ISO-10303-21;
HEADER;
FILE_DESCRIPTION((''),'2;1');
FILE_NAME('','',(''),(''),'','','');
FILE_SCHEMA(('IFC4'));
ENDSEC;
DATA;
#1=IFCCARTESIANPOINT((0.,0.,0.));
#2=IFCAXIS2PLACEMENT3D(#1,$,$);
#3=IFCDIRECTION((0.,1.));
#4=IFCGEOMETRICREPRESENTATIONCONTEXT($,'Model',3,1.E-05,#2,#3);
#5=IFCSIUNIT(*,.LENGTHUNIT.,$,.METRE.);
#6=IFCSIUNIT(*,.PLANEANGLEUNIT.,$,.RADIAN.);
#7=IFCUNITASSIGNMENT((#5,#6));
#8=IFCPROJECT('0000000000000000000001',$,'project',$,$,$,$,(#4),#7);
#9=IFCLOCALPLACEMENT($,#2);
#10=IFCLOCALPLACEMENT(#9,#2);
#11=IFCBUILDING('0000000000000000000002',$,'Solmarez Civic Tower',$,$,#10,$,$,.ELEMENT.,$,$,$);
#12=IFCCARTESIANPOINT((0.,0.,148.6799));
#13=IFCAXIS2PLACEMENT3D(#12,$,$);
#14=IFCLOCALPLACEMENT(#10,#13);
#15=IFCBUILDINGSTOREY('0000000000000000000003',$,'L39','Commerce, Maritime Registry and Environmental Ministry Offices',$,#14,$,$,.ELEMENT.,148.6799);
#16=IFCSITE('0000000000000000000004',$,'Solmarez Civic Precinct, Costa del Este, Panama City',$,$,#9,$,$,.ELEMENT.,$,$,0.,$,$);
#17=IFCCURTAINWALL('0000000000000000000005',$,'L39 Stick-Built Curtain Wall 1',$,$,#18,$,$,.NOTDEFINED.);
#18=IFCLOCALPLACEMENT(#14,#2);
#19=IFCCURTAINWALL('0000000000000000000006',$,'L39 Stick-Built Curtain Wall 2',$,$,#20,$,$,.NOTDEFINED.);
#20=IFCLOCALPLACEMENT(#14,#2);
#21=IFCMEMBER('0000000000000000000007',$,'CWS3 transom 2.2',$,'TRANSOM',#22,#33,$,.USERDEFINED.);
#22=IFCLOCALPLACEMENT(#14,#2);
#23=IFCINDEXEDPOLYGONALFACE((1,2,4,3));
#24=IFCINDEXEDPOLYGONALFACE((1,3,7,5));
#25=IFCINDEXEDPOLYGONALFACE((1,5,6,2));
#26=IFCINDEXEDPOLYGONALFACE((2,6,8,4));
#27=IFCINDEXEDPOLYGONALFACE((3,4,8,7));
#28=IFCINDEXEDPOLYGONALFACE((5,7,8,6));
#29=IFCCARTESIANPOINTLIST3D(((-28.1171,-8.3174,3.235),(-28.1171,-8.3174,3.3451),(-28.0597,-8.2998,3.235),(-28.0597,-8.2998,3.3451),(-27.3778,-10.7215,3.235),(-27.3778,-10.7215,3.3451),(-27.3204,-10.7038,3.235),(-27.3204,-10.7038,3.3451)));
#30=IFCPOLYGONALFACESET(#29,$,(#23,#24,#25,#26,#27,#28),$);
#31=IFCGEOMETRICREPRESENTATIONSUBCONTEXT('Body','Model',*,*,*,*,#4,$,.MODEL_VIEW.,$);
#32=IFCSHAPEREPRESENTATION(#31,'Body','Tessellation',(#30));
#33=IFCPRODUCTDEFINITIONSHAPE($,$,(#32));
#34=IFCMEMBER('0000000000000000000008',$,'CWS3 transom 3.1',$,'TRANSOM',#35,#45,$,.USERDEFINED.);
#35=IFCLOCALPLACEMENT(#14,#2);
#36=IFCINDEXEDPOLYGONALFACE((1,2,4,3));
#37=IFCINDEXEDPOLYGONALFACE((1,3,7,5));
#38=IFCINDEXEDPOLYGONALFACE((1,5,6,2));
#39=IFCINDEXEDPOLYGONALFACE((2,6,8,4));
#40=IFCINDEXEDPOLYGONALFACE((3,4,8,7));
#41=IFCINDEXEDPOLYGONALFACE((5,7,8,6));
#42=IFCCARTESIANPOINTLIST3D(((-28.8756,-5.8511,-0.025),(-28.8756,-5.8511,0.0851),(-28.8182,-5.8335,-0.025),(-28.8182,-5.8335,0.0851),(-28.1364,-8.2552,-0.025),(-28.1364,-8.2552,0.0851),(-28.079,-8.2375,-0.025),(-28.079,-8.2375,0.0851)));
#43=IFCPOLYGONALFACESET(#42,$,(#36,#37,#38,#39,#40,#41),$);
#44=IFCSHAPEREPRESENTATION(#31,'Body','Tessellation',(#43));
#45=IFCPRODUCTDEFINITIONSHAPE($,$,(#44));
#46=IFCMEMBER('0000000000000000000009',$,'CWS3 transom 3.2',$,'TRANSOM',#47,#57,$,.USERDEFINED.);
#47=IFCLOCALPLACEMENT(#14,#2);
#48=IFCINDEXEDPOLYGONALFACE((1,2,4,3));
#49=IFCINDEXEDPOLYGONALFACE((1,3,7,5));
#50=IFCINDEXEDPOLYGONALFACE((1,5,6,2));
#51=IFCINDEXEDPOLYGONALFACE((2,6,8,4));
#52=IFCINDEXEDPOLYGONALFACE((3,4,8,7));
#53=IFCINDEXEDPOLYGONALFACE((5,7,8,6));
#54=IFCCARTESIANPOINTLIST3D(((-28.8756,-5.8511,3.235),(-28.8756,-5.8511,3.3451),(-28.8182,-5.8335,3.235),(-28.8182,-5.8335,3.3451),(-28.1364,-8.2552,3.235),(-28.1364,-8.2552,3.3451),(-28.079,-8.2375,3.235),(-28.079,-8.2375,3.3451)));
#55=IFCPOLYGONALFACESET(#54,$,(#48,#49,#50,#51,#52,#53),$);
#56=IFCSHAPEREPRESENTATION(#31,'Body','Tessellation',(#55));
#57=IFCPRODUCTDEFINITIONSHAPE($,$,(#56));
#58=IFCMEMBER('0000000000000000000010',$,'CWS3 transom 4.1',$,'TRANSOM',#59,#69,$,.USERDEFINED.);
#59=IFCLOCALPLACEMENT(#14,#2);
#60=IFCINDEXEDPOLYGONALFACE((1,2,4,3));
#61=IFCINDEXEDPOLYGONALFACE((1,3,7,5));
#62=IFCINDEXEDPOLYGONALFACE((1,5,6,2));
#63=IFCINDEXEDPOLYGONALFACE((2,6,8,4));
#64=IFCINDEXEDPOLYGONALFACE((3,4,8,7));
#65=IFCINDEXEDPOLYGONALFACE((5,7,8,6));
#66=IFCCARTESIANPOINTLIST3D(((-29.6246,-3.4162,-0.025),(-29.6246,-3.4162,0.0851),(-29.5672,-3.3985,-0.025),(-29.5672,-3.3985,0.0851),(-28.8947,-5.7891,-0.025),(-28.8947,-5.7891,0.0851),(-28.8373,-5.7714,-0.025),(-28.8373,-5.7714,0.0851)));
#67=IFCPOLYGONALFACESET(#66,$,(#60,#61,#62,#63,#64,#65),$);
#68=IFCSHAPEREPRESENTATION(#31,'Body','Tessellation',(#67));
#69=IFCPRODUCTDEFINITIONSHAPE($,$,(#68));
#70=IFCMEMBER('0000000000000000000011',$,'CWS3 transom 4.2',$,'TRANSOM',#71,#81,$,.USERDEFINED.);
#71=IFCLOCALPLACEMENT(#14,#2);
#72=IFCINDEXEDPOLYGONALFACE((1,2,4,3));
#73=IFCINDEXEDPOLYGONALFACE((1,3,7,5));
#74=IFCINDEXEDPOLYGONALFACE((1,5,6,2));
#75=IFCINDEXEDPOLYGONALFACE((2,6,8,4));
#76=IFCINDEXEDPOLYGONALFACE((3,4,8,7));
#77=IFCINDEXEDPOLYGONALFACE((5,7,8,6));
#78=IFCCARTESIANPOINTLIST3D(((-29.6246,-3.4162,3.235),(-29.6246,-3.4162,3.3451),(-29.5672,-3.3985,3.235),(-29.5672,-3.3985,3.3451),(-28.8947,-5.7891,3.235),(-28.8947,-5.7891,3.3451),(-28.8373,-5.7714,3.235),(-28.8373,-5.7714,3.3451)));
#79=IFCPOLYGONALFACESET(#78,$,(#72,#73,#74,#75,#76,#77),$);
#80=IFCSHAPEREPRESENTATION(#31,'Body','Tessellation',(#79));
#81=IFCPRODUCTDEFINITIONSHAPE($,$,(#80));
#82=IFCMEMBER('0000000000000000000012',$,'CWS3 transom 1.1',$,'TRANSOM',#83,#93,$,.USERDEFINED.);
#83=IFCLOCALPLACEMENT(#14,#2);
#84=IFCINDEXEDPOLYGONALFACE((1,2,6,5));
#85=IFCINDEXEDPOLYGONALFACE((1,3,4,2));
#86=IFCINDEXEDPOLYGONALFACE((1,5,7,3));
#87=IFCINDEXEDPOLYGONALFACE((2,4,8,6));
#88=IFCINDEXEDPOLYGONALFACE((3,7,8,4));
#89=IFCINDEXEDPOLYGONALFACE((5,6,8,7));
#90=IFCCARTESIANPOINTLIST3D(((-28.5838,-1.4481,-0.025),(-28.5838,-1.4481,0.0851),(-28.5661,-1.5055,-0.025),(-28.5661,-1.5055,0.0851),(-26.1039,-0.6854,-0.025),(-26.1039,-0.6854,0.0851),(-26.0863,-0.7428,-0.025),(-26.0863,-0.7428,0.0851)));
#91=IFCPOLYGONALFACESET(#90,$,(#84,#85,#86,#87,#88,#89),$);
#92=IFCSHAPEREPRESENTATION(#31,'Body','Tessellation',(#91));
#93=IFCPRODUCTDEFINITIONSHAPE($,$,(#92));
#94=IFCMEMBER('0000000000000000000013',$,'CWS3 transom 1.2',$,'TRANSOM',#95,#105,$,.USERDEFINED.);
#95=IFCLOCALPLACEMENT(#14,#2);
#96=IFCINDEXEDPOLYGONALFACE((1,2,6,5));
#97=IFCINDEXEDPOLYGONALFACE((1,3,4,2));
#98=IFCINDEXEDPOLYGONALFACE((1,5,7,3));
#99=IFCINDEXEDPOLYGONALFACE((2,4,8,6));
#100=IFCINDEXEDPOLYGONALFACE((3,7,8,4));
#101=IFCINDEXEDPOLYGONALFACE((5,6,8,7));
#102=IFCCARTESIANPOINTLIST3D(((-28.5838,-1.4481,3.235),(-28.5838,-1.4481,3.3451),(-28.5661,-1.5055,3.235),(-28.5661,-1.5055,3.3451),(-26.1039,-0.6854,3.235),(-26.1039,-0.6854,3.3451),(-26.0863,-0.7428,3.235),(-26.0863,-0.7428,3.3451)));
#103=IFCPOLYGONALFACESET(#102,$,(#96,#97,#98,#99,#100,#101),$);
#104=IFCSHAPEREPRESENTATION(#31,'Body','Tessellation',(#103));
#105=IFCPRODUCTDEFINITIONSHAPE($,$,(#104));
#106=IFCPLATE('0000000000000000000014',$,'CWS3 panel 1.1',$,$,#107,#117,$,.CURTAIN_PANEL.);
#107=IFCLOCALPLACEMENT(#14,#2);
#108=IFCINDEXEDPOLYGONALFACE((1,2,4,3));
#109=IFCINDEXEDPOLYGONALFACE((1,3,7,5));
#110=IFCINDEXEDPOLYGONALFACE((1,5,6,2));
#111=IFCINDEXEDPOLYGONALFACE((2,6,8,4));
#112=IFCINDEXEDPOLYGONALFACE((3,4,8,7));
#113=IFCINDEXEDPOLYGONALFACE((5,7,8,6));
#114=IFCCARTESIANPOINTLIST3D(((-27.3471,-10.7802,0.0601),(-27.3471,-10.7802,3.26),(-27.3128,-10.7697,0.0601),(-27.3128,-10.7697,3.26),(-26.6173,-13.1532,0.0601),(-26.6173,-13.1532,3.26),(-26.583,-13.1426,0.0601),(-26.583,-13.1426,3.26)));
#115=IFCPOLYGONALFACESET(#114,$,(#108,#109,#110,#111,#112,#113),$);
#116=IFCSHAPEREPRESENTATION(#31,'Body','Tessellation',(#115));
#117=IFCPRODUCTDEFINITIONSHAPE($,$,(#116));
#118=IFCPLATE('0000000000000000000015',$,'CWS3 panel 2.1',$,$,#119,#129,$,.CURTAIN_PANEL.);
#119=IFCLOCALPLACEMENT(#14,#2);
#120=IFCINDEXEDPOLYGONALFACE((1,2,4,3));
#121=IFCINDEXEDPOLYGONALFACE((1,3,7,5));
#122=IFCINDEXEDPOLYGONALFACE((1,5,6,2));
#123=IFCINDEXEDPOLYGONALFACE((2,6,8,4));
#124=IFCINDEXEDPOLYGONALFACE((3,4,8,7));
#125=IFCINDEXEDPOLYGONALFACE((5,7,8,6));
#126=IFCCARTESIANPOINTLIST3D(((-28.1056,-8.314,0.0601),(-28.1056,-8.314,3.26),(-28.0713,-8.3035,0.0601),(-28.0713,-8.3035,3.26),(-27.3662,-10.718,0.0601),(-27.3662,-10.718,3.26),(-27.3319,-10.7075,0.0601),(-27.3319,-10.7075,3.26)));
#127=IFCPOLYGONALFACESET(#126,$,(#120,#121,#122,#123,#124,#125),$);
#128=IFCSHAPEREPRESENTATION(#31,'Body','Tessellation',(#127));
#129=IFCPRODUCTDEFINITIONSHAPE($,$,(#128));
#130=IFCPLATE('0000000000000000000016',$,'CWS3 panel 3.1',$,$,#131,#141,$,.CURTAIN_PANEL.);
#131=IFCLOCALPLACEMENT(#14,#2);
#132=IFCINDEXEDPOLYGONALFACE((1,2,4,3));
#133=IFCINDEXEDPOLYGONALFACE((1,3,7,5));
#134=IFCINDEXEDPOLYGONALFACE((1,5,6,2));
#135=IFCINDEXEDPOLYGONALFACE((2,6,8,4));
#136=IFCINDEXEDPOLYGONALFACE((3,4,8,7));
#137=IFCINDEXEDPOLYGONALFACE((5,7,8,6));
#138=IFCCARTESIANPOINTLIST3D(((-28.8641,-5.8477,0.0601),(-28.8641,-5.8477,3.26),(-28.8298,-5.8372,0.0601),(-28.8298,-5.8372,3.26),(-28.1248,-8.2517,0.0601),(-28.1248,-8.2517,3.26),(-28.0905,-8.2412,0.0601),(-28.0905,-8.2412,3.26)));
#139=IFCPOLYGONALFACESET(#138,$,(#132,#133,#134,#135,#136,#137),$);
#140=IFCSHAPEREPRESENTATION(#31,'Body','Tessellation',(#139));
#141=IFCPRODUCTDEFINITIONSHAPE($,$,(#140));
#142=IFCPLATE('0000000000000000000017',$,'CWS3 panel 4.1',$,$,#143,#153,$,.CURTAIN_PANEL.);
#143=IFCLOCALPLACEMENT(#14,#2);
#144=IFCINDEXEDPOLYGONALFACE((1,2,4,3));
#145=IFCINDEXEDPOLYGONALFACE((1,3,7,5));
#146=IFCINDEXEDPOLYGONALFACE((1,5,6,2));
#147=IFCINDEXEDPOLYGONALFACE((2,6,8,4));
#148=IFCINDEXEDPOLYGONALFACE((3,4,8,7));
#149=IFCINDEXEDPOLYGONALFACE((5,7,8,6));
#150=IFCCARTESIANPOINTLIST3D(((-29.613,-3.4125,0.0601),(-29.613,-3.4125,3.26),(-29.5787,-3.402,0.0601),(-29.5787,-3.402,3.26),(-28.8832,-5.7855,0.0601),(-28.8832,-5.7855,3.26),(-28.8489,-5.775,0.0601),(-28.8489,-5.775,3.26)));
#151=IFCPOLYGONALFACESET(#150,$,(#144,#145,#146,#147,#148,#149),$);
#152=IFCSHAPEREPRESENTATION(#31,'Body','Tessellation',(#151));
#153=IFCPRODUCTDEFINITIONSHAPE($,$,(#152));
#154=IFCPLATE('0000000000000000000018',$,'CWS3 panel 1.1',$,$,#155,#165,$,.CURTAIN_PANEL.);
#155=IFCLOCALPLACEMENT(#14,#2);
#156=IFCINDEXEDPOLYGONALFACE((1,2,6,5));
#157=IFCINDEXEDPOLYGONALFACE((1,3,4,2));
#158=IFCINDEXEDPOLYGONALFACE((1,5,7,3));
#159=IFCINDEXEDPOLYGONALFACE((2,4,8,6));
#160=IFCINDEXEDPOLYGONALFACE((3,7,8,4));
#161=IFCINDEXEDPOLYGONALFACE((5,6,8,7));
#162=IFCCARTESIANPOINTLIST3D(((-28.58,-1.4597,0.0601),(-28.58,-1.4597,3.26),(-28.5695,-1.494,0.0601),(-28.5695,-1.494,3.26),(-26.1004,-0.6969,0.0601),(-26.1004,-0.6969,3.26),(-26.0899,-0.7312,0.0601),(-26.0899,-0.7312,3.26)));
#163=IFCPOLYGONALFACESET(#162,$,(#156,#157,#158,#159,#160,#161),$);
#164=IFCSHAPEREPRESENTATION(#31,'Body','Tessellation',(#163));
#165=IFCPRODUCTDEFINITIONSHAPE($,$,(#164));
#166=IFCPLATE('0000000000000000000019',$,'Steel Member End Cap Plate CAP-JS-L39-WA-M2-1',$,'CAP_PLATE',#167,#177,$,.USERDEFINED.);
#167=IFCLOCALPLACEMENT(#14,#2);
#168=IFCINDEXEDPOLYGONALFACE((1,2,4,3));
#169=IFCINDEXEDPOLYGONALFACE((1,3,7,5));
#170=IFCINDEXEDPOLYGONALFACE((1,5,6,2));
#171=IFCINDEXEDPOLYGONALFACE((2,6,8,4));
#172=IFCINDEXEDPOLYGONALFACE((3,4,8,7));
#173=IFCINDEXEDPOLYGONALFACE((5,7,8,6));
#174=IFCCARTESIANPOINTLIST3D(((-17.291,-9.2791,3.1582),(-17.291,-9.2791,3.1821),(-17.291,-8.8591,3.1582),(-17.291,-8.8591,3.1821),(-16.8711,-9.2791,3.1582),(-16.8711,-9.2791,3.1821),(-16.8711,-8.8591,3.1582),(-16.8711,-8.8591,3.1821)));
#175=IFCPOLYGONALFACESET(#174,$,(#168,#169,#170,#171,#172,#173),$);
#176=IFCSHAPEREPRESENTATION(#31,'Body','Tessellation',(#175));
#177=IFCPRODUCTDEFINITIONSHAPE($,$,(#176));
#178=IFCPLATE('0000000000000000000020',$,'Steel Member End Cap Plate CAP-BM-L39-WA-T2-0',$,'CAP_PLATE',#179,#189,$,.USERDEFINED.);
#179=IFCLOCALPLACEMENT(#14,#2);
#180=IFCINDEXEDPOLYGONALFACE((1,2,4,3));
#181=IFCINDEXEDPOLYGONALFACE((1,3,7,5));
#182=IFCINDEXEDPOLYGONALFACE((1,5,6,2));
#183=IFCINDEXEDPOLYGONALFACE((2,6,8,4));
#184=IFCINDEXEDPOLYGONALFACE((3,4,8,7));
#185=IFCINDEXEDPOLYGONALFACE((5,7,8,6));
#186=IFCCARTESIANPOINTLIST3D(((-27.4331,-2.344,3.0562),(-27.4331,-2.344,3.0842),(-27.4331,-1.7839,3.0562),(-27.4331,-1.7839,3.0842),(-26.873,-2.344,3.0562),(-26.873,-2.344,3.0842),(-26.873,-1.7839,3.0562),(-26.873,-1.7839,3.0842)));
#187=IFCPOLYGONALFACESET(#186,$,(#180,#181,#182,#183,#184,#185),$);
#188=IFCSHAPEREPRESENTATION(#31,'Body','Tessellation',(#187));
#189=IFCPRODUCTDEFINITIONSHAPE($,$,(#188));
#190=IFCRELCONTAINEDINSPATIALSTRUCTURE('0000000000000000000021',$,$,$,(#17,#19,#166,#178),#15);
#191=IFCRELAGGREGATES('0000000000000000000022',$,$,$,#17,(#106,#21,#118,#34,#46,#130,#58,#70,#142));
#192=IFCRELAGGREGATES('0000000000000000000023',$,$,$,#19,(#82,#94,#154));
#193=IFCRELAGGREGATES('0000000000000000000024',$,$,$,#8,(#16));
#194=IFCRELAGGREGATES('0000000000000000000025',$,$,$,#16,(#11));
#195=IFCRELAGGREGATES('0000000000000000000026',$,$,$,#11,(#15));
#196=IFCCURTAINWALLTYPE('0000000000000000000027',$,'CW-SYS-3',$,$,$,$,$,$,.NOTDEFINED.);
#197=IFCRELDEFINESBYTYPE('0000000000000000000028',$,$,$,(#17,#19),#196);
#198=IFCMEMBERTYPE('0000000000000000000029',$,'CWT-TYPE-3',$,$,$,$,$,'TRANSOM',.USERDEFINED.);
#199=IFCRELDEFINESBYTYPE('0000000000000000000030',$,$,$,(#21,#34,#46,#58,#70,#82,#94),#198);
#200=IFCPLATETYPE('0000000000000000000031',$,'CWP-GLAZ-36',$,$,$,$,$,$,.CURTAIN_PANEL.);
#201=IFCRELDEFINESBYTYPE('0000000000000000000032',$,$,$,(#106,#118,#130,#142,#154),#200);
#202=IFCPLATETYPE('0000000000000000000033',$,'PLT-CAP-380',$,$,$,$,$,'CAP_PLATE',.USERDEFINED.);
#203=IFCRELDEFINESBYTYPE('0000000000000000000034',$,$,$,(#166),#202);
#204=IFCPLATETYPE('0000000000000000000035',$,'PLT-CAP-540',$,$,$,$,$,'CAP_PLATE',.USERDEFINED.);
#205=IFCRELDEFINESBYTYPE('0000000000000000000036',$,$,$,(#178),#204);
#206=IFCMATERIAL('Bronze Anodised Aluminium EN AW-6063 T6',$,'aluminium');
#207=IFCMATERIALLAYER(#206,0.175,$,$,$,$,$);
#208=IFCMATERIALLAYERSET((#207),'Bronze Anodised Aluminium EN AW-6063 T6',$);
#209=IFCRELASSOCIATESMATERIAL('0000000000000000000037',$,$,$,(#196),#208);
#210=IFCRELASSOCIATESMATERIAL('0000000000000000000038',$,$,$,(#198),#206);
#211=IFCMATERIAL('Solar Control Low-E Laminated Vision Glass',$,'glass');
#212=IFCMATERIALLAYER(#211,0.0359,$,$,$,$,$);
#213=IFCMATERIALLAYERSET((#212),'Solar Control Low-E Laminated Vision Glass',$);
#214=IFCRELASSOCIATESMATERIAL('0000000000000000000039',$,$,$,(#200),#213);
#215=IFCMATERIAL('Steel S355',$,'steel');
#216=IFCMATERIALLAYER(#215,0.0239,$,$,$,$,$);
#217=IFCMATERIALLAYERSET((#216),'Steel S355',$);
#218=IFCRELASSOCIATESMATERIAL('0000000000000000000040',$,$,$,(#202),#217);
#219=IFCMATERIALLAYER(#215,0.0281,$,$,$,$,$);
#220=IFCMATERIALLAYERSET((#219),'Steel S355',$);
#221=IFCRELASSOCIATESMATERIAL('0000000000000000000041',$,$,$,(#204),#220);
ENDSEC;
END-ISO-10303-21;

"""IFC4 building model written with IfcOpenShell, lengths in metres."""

from ifc_helpers import new_model, si_unit, direction, frame, origin, origin_2d, place, context, subcontext, project, spatial, rectangle, extrude, material, layer, layer_set, material_profile, profile_set, type_object, element, aggregate, save


model = new_model("IFC4")

# Units and contexts
model_context = context("Model", 3, precision=1e-05, world=origin(), true_north=direction((0.0, 1.0)))
body_context = subcontext(model_context, "Body", "Model", "MODEL_VIEW")
ifc_project = project(units=[si_unit("LENGTHUNIT", "METRE"), si_unit("PLANEANGLEUNIT", "RADIAN")], contexts=[model_context])

# Site, building, storey
site_placement = place(None, origin())
site = spatial("IfcSite", under=ifc_project, at=site_placement, Name="Solmarez Civic Precinct, Costa del Este, Panama City", CompositionType="ELEMENT", RefElevation=0.0)
building_placement = place(site_placement, origin())
building = spatial("IfcBuilding", under=site, at=building_placement, Name="Solmarez Civic Tower", CompositionType="ELEMENT")
storey_placement = place(building_placement, frame((0.0, 0.0, 148.6799)))
storey = spatial("IfcBuildingStorey", under=building, at=storey_placement, Name="L39", Description="Commerce, Maritime Registry and Environmental Ministry Offices", CompositionType="ELEMENT", Elevation=148.6799)

# Shared definitions
ifc_material_1 = material(Name="Steel S355", Category="steel")

# Curtain wall
ifc_material_2 = material(Name="Bronze Anodised Aluminium EN AW-6063 T6", Category="aluminium")
ifc_layer_1 = layer(ifc_material_2, 0.175)
ifc_layer_set_1 = layer_set([ifc_layer_1], Name="Bronze Anodised Aluminium EN AW-6063 T6")
curtain_wall_type = type_object("IfcCurtainWallType", Name="CW-SYS-3", PredefinedType="NOTDEFINED", material=ifc_layer_set_1)
curtain_wall_1_placement = place(storey_placement, origin())
curtain_wall_1 = element("IfcCurtainWall", 1, at=curtain_wall_1_placement, inside=storey, type_object=curtain_wall_type, Name="L39 Stick-Built Curtain Wall 1", PredefinedType="NOTDEFINED")

# Curtain wall
curtain_wall_2_placement = place(storey_placement, origin())
curtain_wall_2 = element("IfcCurtainWall", 2, at=curtain_wall_2_placement, inside=storey, type_object=curtain_wall_type, Name="L39 Stick-Built Curtain Wall 2", PredefinedType="NOTDEFINED")

# Members
ifc_material_profile_1 = material_profile(ifc_material_2, rectangle(XDim=0.0601, YDim=0.1101, at=origin_2d()), Name="CWT-60X110")
ifc_profile_set_1 = profile_set([ifc_material_profile_1], Name="Bronze Anodised Aluminium EN AW-6063 T6")
member_type_1 = type_object("IfcMemberType", Name="CWT-TYPE-3", ElementType="TRANSOM", PredefinedType="USERDEFINED", material=ifc_profile_set_1)
member_1_placement = place(storey_placement, frame((-27.3491, -10.7126, 3.29), z_axis=(-0.293922, 0.955829, 0.0), x_axis=(-0.955829, -0.293922, 0.0)))
member_1 = element("IfcMember", 3, at=member_1_placement, type_object=member_type_1, Name="CWS3 transom 2.2", ObjectType="TRANSOM", PredefinedType="USERDEFINED", context=body_context, shape_type="SweptSolid", body=[
    extrude(rectangle(XDim=0.0601, YDim=0.1101, at=origin_2d()), origin(), (0.0, 0.0, 1.0), 2.5151),
])
member_2_placement = place(storey_placement, frame((-28.1077, -8.2463, 0.03), z_axis=(-0.293922, 0.955829, 0.0), x_axis=(-0.955829, -0.293922, 0.0)))
member_2 = element("IfcMember", 4, at=member_2_placement, type_object=member_type_1, Name="CWS3 transom 3.1", ObjectType="TRANSOM", PredefinedType="USERDEFINED", context=body_context, shape_type="SweptSolid", body=[
    extrude(rectangle(XDim=0.0601, YDim=0.1101, at=origin_2d()), origin(), (0.0, 0.0, 1.0), 2.5151),
])
member_3_placement = place(storey_placement, frame((-28.1077, -8.2463, 3.29), z_axis=(-0.293922, 0.955829, 0.0), x_axis=(-0.955829, -0.293922, 0.0)))
member_3 = element("IfcMember", 5, at=member_3_placement, type_object=member_type_1, Name="CWS3 transom 3.2", ObjectType="TRANSOM", PredefinedType="USERDEFINED", context=body_context, shape_type="SweptSolid", body=[
    extrude(rectangle(XDim=0.0601, YDim=0.1101, at=origin_2d()), origin(), (0.0, 0.0, 1.0), 2.5151),
])
member_4_placement = place(storey_placement, frame((-28.866, -5.7803, 0.03), z_axis=(-0.294017, 0.9558, 0.0), x_axis=(-0.9558, -0.294017, 0.0)))
member_4 = element("IfcMember", 6, at=member_4_placement, type_object=member_type_1, Name="CWS3 transom 4.1", ObjectType="TRANSOM", PredefinedType="USERDEFINED", context=body_context, shape_type="SweptSolid", body=[
    extrude(rectangle(XDim=0.0601, YDim=0.1101, at=origin_2d()), origin(), (0.0, 0.0, 1.0), 2.4827),
])
member_5_placement = place(storey_placement, frame((-28.866, -5.7803, 3.29), z_axis=(-0.294017, 0.9558, 0.0), x_axis=(-0.9558, -0.294017, 0.0)))
member_5 = element("IfcMember", 7, at=member_5_placement, type_object=member_type_1, Name="CWS3 transom 4.2", ObjectType="TRANSOM", PredefinedType="USERDEFINED", context=body_context, shape_type="SweptSolid", body=[
    extrude(rectangle(XDim=0.0601, YDim=0.1101, at=origin_2d()), origin(), (0.0, 0.0, 1.0), 2.4827),
])
member_6_placement = place(storey_placement, frame((-28.575, -1.4768, 0.03), z_axis=(0.955812, 0.29398, 0.0), x_axis=(-0.29398, 0.955812, 0.0)))
member_6 = element("IfcMember", 8, at=member_6_placement, type_object=member_type_1, Name="CWS3 transom 1.1", ObjectType="TRANSOM", PredefinedType="USERDEFINED", context=body_context, shape_type="SweptSolid", body=[
    extrude(rectangle(XDim=0.0601, YDim=0.1101, at=origin_2d()), origin(), (0.0, 0.0, 1.0), 2.5945),
])
member_7_placement = place(storey_placement, frame((-28.575, -1.4768, 3.29), z_axis=(0.955812, 0.29398, 0.0), x_axis=(-0.29398, 0.955812, 0.0)))
member_7 = element("IfcMember", 9, at=member_7_placement, type_object=member_type_1, Name="CWS3 transom 1.2", ObjectType="TRANSOM", PredefinedType="USERDEFINED", context=body_context, shape_type="SweptSolid", body=[
    extrude(rectangle(XDim=0.0601, YDim=0.1101, at=origin_2d()), origin(), (0.0, 0.0, 1.0), 2.5945),
])

# Plates
ifc_material_3 = material(Name="Solar Control Low-E Laminated Vision Glass", Category="glass")
ifc_layer_2 = layer(ifc_material_3, 0.0359)
ifc_layer_set_2 = layer_set([ifc_layer_2], Name="Solar Control Low-E Laminated Vision Glass")
plate_type_1 = type_object("IfcPlateType", Name="CWP-GLAZ-36", PredefinedType="CURTAIN_PANEL", material=ifc_layer_set_2)
plate_1_placement = place(storey_placement, frame((-26.9651, -11.9614, 0.0601), z_axis=(0.0, 0.0, 1.0), x_axis=(-0.293963, 0.955817, 0.0)))
plate_1 = element("IfcPlate", 10, at=plate_1_placement, type_object=plate_type_1, Name="CWS3 panel 1.1", PredefinedType="CURTAIN_PANEL", context=body_context, shape_type="SweptSolid", body=[
    extrude(rectangle(XDim=2.4827, YDim=0.0359, at=origin_2d()), origin(), (0.0, 0.0, 1.0), 3.2),
])
plate_2_placement = place(storey_placement, frame((-27.7188, -9.5107, 0.0601), z_axis=(0.0, 0.0, 1.0), x_axis=(-0.293963, 0.955817, 0.0)))
plate_2 = element("IfcPlate", 11, at=plate_2_placement, type_object=plate_type_1, Name="CWS3 panel 2.1", PredefinedType="CURTAIN_PANEL", context=body_context, shape_type="SweptSolid", body=[
    extrude(rectangle(XDim=2.5151, YDim=0.0359, at=origin_2d()), origin(), (0.0, 0.0, 1.0), 3.2),
])
plate_3_placement = place(storey_placement, frame((-28.4773, -7.0444, 0.0601), z_axis=(0.0, 0.0, 1.0), x_axis=(-0.293963, 0.955817, 0.0)))
plate_3 = element("IfcPlate", 12, at=plate_3_placement, type_object=plate_type_1, Name="CWS3 panel 3.1", PredefinedType="CURTAIN_PANEL", context=body_context, shape_type="SweptSolid", body=[
    extrude(rectangle(XDim=2.5151, YDim=0.0359, at=origin_2d()), origin(), (0.0, 0.0, 1.0), 3.2),
])
plate_4_placement = place(storey_placement, frame((-29.231, -4.5938, 0.0601), z_axis=(0.0, 0.0, 1.0), x_axis=(-0.293963, 0.955817, 0.0)))
plate_4 = element("IfcPlate", 13, at=plate_4_placement, type_object=plate_type_1, Name="CWS3 panel 4.1", PredefinedType="CURTAIN_PANEL", context=body_context, shape_type="SweptSolid", body=[
    extrude(rectangle(XDim=2.4827, YDim=0.0359, at=origin_2d()), origin(), (0.0, 0.0, 1.0), 3.2),
])
aggregate(curtain_wall_1, [plate_1, member_1, plate_2, member_2, member_3, plate_3, member_4, member_5, plate_4])
plate_5_placement = place(storey_placement, frame((-27.335, -1.0955, 0.0601), z_axis=(0.0, 0.0, 1.0), x_axis=(0.955803, 0.294008, 0.0)))
plate_5 = element("IfcPlate", 14, at=plate_5_placement, type_object=plate_type_1, Name="CWS3 panel 1.1", PredefinedType="CURTAIN_PANEL", context=body_context, shape_type="SweptSolid", body=[
    extrude(rectangle(XDim=2.5942, YDim=0.0359, at=origin_2d()), origin(), (0.0, 0.0, 1.0), 3.2),
])
aggregate(curtain_wall_2, [member_6, member_7, plate_5])

# Plates
ifc_layer_3 = layer(ifc_material_1, 0.0239)
ifc_layer_set_3 = layer_set([ifc_layer_3], Name="Steel S355")
plate_type_2 = type_object("IfcPlateType", Name="PLT-CAP-380", ElementType="CAP_PLATE", PredefinedType="USERDEFINED", material=ifc_layer_set_3)
plate_6_placement = place(storey_placement, frame((-17.0811, -9.0691, 3.1582), z_axis=(0.0, 0.0, 1.0), x_axis=(1.0, 0.0, 0.0)))
element("IfcPlate", 15, at=plate_6_placement, inside=storey, type_object=plate_type_2, Name="Steel Member End Cap Plate CAP-JS-L39-WA-M2-1", ObjectType="CAP_PLATE", PredefinedType="USERDEFINED", context=body_context, shape_type="SweptSolid", body=[
    extrude(rectangle(XDim=0.4199, YDim=0.4199, at=origin_2d()), origin(), (0.0, 0.0, 1.0), 0.0239),
])
ifc_layer_4 = layer(ifc_material_1, 0.0281)
ifc_layer_set_4 = layer_set([ifc_layer_4], Name="Steel S355")
plate_type_3 = type_object("IfcPlateType", Name="PLT-CAP-540", ElementType="CAP_PLATE", PredefinedType="USERDEFINED", material=ifc_layer_set_4)
for number, where, z_axis, x_axis, name in (
    (16, (-27.1531, -2.064, 3.0562), (0.0, 0.0, 1.0), (1.0, 0.0, 0.0), "Steel Member End Cap Plate CAP-BM-L39-WA-T2-0"),
):
    element("IfcPlate", number, at=place(storey_placement, frame(where, z_axis=z_axis, x_axis=x_axis)), inside=storey, type_object=plate_type_3, Name=name, ObjectType="CAP_PLATE", PredefinedType="USERDEFINED", context=body_context, shape_type="SweptSolid", body=[
        extrude(rectangle(XDim=0.5601, YDim=0.5601, at=origin_2d()), origin(), (0.0, 0.0, 1.0), 0.0281),
    ])

save(model, "model.ifc")
